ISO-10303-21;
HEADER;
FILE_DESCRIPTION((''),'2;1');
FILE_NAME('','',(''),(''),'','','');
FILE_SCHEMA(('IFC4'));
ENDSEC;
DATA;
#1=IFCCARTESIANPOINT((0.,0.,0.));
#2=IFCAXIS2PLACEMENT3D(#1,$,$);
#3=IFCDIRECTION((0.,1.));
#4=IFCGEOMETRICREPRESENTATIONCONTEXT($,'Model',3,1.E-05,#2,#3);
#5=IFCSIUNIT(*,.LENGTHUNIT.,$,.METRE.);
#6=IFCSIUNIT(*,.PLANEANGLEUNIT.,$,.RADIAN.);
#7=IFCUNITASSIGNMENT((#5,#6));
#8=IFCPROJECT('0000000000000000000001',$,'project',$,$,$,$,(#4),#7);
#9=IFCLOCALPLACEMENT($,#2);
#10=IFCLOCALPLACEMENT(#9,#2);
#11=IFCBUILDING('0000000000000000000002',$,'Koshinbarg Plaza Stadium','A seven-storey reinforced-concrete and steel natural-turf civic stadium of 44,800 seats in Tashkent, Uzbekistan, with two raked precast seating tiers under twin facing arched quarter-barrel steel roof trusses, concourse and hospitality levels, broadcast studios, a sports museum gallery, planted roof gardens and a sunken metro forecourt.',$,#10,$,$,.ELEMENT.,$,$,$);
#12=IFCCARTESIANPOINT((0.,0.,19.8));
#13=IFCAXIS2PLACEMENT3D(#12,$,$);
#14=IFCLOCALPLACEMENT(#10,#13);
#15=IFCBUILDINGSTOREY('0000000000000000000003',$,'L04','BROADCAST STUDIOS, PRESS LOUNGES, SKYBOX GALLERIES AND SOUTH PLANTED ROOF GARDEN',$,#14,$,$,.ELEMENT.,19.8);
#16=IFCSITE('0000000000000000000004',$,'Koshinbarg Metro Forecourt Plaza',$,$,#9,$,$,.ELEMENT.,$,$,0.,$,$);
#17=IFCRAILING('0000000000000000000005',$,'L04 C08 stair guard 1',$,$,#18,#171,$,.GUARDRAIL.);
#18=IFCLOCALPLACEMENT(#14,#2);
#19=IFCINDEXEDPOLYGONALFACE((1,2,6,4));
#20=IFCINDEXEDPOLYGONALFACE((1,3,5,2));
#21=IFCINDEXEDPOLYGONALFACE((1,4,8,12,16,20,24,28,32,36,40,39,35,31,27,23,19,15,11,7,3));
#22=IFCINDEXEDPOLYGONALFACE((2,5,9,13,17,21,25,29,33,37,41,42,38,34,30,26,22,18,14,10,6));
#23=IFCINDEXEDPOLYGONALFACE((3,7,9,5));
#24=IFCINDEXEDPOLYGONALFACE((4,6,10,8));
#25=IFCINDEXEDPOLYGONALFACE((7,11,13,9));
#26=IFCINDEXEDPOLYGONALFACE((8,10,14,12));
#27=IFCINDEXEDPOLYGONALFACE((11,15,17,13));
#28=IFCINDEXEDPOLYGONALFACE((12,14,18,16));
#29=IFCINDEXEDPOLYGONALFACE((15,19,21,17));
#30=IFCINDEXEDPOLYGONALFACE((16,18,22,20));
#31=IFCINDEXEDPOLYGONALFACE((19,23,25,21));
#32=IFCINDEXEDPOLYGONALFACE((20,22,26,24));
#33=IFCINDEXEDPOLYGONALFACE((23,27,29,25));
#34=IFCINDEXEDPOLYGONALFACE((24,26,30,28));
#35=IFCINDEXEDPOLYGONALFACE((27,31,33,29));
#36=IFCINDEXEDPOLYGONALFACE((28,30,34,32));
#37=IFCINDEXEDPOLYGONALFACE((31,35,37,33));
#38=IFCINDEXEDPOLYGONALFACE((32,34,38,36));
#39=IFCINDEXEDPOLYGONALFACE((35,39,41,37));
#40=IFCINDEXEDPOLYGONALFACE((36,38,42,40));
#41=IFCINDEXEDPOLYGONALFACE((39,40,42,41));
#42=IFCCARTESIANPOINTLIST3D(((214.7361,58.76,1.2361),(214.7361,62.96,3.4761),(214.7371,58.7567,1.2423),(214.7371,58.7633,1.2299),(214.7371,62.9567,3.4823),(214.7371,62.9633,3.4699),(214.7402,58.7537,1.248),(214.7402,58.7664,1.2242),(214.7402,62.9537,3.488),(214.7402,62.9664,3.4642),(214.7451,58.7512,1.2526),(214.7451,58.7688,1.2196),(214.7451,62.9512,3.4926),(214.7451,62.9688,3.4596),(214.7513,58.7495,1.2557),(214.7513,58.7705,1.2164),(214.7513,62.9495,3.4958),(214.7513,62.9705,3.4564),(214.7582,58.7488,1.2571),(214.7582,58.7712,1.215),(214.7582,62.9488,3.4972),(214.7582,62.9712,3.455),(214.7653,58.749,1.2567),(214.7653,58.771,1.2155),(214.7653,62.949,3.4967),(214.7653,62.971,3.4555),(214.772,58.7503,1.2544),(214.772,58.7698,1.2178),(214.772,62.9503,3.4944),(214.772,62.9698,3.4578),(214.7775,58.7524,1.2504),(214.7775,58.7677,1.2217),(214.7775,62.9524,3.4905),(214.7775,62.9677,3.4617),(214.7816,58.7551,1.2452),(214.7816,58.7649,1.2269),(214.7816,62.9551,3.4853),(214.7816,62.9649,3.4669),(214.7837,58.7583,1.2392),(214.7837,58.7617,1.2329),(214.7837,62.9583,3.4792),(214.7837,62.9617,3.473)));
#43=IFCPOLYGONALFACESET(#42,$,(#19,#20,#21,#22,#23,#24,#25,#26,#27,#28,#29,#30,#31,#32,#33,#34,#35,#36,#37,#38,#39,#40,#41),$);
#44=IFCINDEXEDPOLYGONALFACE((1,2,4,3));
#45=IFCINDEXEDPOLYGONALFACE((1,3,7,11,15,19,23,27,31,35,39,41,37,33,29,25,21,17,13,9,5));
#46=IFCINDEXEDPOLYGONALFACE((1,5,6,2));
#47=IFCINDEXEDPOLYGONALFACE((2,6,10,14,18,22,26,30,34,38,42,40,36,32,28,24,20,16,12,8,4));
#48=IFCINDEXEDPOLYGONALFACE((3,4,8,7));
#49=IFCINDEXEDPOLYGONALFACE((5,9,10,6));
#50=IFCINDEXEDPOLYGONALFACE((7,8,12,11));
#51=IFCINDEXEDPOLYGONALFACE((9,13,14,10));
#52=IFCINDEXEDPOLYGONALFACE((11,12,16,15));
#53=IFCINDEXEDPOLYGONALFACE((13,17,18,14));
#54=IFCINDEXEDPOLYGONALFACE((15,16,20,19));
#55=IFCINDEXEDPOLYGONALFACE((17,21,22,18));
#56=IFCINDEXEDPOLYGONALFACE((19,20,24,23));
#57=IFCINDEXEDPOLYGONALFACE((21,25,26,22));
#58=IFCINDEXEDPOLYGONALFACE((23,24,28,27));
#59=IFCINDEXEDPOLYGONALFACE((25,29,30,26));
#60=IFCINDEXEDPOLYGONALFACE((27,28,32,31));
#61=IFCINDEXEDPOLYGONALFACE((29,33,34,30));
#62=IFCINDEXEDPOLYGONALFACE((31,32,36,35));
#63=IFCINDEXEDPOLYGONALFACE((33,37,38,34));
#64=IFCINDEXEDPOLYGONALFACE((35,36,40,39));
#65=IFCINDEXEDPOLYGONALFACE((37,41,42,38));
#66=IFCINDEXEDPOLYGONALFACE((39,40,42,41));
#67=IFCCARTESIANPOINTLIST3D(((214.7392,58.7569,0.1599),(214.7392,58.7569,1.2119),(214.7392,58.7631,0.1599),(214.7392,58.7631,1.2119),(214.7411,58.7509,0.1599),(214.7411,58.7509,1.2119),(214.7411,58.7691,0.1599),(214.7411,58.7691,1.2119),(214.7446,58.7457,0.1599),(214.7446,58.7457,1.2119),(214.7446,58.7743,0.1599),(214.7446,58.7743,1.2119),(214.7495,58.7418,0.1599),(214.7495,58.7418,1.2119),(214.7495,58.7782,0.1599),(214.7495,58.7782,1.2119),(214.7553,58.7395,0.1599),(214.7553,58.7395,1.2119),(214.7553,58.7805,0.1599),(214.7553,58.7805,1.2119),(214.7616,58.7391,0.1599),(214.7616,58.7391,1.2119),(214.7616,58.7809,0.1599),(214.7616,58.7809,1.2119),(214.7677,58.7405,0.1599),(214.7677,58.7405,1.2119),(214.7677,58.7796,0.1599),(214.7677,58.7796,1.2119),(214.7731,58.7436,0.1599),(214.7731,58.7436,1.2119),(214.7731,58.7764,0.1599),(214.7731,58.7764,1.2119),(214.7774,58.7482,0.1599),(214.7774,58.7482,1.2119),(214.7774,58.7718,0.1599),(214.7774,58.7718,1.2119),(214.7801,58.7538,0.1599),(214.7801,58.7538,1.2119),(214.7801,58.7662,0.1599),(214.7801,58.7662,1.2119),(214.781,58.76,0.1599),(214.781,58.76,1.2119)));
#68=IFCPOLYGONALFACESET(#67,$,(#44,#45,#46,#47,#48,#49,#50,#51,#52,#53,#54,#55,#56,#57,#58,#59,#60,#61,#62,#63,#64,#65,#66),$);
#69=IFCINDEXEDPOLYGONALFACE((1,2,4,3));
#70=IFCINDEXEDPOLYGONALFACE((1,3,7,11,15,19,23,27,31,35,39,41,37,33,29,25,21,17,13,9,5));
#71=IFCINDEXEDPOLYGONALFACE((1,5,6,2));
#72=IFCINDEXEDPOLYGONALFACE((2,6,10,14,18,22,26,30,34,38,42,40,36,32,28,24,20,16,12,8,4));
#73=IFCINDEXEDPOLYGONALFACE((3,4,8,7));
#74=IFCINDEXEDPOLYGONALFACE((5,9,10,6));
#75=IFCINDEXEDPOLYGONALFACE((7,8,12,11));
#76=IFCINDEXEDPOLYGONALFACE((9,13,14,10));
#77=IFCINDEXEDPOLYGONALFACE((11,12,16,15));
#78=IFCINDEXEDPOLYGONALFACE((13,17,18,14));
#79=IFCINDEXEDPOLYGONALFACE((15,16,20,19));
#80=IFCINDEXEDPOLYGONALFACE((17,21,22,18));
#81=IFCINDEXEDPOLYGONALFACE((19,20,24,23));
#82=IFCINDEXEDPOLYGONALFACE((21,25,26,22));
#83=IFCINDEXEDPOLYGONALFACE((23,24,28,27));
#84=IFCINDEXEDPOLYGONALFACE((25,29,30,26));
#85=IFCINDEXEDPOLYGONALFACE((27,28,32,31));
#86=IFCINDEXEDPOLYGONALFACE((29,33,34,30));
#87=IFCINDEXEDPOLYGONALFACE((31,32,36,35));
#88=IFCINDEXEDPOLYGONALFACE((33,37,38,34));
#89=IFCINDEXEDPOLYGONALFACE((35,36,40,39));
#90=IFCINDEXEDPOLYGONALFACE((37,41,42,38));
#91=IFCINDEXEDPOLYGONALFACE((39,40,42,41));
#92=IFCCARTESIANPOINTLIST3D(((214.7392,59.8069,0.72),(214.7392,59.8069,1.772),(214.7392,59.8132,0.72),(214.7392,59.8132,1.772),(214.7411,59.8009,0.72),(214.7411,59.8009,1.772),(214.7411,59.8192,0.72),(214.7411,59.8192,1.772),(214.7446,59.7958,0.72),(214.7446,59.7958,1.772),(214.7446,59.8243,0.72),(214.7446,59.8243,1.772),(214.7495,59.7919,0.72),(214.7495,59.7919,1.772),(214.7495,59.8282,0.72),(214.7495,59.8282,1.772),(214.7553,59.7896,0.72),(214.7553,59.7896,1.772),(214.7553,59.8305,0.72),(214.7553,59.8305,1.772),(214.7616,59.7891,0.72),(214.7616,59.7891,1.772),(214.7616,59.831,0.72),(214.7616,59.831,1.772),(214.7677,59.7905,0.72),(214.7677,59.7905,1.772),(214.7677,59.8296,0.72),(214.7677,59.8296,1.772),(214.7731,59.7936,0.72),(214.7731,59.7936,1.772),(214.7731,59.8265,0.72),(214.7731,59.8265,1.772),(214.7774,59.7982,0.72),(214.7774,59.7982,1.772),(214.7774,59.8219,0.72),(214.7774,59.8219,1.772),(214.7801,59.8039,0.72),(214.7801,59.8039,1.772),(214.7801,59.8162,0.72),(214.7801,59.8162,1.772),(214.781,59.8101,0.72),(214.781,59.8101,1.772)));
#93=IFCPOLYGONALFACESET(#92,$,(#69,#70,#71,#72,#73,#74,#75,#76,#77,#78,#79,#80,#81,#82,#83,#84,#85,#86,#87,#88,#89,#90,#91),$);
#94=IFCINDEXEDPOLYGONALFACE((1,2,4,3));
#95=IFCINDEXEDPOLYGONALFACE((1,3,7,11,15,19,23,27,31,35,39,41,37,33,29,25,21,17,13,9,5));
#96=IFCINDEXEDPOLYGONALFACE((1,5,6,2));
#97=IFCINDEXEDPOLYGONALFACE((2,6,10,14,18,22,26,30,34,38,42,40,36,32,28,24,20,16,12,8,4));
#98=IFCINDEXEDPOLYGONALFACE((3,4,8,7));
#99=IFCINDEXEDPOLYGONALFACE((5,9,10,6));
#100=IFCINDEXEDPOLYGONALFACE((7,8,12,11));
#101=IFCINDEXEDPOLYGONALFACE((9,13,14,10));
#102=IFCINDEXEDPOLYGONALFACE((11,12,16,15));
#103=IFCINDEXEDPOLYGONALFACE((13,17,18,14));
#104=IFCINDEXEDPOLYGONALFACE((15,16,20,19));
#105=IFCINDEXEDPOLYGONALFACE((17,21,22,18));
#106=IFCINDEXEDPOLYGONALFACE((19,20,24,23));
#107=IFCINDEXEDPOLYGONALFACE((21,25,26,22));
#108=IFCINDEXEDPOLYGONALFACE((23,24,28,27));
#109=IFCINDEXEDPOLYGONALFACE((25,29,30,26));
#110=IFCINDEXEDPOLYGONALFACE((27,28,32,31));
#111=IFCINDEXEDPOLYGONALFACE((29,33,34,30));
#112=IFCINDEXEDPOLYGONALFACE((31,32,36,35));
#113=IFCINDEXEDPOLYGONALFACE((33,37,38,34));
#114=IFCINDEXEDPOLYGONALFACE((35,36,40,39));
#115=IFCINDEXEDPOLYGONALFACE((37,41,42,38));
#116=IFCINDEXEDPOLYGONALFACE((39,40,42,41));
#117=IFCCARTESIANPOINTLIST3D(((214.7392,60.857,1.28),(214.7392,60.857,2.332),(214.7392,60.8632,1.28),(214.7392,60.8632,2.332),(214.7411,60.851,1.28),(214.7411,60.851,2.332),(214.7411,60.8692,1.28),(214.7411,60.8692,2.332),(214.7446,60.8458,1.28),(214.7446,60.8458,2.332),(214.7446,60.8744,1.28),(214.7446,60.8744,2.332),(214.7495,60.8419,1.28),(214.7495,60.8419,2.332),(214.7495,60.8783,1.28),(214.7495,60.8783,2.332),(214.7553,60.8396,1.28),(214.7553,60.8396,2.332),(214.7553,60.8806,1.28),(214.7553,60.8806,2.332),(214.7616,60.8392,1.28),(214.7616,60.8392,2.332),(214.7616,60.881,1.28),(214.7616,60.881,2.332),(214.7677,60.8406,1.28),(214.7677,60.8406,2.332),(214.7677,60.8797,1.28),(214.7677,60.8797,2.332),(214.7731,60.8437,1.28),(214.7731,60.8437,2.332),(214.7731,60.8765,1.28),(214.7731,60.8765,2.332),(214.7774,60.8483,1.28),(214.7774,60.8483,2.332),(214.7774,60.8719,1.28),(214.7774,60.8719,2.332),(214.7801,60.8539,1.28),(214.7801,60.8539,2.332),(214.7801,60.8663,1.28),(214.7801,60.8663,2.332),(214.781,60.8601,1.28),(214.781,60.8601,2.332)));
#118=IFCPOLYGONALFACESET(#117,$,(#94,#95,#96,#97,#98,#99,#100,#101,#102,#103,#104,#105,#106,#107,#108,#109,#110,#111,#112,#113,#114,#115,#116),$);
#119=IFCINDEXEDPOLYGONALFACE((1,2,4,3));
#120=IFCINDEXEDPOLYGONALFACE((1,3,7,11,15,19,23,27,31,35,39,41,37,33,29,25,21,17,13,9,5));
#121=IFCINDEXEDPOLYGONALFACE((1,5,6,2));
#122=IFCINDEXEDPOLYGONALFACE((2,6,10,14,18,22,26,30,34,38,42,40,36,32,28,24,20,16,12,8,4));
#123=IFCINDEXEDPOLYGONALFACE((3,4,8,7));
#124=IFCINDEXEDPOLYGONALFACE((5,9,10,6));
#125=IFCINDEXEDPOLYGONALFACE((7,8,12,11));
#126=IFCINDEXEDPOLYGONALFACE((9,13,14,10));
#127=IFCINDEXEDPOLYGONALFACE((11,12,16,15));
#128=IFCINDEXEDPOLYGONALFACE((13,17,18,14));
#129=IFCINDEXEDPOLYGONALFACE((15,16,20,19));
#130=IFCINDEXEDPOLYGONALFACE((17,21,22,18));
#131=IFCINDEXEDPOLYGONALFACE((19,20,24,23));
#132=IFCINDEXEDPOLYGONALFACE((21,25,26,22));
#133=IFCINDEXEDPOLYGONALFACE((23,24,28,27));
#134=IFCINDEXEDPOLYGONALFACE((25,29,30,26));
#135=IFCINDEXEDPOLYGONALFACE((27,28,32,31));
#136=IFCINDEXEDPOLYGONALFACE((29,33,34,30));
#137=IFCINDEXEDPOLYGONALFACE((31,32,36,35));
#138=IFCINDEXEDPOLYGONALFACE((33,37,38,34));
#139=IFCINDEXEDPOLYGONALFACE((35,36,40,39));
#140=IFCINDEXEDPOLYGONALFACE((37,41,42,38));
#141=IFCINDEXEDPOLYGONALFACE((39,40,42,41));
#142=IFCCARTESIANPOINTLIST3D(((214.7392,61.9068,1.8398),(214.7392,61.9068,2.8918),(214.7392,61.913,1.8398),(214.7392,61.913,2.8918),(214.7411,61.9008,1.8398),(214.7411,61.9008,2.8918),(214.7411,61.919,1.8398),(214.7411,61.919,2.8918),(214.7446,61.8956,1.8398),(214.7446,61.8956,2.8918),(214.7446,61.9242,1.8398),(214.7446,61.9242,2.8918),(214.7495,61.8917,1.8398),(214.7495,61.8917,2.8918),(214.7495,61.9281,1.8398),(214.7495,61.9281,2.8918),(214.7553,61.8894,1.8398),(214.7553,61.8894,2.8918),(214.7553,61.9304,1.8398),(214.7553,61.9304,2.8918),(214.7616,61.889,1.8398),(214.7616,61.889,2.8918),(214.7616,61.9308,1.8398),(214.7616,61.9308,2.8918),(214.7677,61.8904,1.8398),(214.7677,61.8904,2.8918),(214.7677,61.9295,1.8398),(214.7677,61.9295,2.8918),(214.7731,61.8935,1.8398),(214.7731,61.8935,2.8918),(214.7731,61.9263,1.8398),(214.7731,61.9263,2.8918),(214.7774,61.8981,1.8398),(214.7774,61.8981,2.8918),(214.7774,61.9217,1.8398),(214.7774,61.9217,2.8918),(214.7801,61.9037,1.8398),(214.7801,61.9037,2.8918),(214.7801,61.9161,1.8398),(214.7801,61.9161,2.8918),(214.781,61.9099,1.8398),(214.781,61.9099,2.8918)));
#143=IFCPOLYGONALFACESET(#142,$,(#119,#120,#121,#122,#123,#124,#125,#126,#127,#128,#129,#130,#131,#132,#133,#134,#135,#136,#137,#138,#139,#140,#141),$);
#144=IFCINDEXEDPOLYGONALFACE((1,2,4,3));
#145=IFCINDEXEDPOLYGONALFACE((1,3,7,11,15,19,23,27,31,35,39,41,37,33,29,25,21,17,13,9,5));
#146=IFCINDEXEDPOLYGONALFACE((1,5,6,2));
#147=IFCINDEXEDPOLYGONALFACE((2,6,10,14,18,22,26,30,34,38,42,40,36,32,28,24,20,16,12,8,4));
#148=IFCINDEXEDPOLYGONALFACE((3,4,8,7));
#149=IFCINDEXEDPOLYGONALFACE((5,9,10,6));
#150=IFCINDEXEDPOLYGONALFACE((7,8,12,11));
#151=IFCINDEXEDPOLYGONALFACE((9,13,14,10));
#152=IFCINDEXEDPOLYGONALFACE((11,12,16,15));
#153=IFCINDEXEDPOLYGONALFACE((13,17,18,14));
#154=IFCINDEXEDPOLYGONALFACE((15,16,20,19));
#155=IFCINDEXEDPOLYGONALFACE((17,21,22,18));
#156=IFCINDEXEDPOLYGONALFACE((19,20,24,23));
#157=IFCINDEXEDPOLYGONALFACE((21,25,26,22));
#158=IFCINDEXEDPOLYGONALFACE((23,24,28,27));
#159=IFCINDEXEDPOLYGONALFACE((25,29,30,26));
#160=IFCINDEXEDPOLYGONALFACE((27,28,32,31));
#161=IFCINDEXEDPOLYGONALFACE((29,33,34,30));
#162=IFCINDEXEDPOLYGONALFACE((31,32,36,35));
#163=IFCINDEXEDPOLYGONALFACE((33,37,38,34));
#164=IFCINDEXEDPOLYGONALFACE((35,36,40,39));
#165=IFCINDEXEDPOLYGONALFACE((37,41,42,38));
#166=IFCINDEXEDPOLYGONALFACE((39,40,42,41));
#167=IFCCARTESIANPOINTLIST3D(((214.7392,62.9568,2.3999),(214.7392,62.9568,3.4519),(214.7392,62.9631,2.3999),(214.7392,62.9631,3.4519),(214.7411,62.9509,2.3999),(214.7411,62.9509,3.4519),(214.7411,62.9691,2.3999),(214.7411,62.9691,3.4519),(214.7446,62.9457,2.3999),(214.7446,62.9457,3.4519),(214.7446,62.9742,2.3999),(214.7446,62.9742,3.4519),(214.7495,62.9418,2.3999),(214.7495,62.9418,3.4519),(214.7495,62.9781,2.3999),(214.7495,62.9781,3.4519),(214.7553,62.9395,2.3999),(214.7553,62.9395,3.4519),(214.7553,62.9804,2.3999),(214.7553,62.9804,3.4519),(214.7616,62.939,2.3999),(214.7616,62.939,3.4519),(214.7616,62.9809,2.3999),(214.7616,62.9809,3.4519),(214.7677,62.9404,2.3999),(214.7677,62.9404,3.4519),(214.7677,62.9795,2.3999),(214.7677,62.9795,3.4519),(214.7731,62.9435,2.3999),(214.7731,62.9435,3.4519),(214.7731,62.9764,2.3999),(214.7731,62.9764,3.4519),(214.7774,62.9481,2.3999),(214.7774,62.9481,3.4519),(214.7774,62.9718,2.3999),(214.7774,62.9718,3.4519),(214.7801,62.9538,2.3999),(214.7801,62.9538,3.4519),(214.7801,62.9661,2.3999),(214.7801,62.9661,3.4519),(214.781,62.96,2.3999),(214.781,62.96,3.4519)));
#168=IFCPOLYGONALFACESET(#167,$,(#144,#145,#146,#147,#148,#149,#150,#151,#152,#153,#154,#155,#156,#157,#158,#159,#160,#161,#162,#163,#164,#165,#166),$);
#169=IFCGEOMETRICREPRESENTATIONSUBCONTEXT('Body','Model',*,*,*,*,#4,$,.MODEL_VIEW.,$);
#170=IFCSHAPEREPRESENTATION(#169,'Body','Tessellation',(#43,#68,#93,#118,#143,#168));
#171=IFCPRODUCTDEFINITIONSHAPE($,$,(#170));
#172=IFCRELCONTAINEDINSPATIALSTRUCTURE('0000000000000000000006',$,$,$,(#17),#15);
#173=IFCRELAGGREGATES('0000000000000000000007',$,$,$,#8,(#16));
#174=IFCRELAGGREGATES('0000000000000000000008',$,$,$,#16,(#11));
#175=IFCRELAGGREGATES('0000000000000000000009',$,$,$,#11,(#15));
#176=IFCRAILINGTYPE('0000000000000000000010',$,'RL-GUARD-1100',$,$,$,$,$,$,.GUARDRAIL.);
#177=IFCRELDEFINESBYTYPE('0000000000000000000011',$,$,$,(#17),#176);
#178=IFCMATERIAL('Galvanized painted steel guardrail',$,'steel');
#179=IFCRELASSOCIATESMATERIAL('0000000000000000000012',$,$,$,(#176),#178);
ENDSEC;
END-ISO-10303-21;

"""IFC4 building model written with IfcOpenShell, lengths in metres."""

from ifc_helpers import new_model, si_unit, direction, frame, origin, origin_2d, place, context, subcontext, project, spatial, circle, extrude, material, type_object, element, save


model = new_model("IFC4")

# Units and contexts
model_context = context("Model", 3, precision=1e-05, world=origin(), true_north=direction((0.0, 1.0)))
body_context = subcontext(model_context, "Body", "Model", "MODEL_VIEW")
ifc_project = project(units=[si_unit("LENGTHUNIT", "METRE"), si_unit("PLANEANGLEUNIT", "RADIAN")], contexts=[model_context])

# Site, building, storey
site_placement = place(None, origin())
site = spatial("IfcSite", under=ifc_project, at=site_placement, Name="Koshinbarg Metro Forecourt Plaza", CompositionType="ELEMENT", RefElevation=0.0)
building_placement = place(site_placement, origin())
building = spatial("IfcBuilding", under=site, at=building_placement, Name="Koshinbarg Plaza Stadium", Description="A seven-storey reinforced-concrete and steel natural-turf civic stadium of 44,800 seats in Tashkent, Uzbekistan, with two raked precast seating tiers under twin facing arched quarter-barrel steel roof trusses, concourse and hospitality levels, broadcast studios, a sports museum gallery, planted roof gardens and a sunken metro forecourt.", CompositionType="ELEMENT")
storey_placement = place(building_placement, frame((0.0, 0.0, 19.8)))
storey = spatial("IfcBuildingStorey", under=building, at=storey_placement, Name="L04", Description="BROADCAST STUDIOS, PRESS LOUNGES, SKYBOX GALLERIES AND SOUTH PLANTED ROOF GARDEN", CompositionType="ELEMENT", Elevation=19.8)

# Railing
ifc_material_1 = material(Name="Galvanized painted steel guardrail", Category="steel")
railing_type_1 = type_object("IfcRailingType", Name="RL-GUARD-1100", PredefinedType="GUARDRAIL", material=ifc_material_1)
railing_1_placement = place(storey_placement, frame((214.76, 58.76, 0.1599)))
element("IfcRailing", 1, at=railing_1_placement, inside=storey, type_object=railing_type_1, Name="L04 C08 stair guard 1", PredefinedType="GUARDRAIL", context=body_context, shape_type="SweptSolid", body=[
    extrude(circle(Radius=0.0239, at=origin_2d()), frame((0.0, 0.0, 1.0762), z_axis=(0.0, 0.882352, 0.470591), x_axis=(-1.0, 0.0, 0.0)), (0.0, 0.0, 1.0), 4.76),
    extrude(circle(Radius=0.021, at=origin_2d()), origin(), (0.0, 0.0, 1.0), 1.052),
    extrude(circle(Radius=0.021, at=origin_2d()), frame((0.0, 1.05, 0.5601)), (0.0, 0.0, 1.0), 1.052),
    extrude(circle(Radius=0.021, at=origin_2d()), frame((0.0, 2.1001, 1.1201)), (0.0, 0.0, 1.0), 1.052),
    extrude(circle(Radius=0.021, at=origin_2d()), frame((0.0, 3.1499, 1.6799)), (0.0, 0.0, 1.0), 1.052),
    extrude(circle(Radius=0.021, at=origin_2d()), frame((0.0, 4.2, 2.24)), (0.0, 0.0, 1.0), 1.052),
])

save(model, "model.ifc")
